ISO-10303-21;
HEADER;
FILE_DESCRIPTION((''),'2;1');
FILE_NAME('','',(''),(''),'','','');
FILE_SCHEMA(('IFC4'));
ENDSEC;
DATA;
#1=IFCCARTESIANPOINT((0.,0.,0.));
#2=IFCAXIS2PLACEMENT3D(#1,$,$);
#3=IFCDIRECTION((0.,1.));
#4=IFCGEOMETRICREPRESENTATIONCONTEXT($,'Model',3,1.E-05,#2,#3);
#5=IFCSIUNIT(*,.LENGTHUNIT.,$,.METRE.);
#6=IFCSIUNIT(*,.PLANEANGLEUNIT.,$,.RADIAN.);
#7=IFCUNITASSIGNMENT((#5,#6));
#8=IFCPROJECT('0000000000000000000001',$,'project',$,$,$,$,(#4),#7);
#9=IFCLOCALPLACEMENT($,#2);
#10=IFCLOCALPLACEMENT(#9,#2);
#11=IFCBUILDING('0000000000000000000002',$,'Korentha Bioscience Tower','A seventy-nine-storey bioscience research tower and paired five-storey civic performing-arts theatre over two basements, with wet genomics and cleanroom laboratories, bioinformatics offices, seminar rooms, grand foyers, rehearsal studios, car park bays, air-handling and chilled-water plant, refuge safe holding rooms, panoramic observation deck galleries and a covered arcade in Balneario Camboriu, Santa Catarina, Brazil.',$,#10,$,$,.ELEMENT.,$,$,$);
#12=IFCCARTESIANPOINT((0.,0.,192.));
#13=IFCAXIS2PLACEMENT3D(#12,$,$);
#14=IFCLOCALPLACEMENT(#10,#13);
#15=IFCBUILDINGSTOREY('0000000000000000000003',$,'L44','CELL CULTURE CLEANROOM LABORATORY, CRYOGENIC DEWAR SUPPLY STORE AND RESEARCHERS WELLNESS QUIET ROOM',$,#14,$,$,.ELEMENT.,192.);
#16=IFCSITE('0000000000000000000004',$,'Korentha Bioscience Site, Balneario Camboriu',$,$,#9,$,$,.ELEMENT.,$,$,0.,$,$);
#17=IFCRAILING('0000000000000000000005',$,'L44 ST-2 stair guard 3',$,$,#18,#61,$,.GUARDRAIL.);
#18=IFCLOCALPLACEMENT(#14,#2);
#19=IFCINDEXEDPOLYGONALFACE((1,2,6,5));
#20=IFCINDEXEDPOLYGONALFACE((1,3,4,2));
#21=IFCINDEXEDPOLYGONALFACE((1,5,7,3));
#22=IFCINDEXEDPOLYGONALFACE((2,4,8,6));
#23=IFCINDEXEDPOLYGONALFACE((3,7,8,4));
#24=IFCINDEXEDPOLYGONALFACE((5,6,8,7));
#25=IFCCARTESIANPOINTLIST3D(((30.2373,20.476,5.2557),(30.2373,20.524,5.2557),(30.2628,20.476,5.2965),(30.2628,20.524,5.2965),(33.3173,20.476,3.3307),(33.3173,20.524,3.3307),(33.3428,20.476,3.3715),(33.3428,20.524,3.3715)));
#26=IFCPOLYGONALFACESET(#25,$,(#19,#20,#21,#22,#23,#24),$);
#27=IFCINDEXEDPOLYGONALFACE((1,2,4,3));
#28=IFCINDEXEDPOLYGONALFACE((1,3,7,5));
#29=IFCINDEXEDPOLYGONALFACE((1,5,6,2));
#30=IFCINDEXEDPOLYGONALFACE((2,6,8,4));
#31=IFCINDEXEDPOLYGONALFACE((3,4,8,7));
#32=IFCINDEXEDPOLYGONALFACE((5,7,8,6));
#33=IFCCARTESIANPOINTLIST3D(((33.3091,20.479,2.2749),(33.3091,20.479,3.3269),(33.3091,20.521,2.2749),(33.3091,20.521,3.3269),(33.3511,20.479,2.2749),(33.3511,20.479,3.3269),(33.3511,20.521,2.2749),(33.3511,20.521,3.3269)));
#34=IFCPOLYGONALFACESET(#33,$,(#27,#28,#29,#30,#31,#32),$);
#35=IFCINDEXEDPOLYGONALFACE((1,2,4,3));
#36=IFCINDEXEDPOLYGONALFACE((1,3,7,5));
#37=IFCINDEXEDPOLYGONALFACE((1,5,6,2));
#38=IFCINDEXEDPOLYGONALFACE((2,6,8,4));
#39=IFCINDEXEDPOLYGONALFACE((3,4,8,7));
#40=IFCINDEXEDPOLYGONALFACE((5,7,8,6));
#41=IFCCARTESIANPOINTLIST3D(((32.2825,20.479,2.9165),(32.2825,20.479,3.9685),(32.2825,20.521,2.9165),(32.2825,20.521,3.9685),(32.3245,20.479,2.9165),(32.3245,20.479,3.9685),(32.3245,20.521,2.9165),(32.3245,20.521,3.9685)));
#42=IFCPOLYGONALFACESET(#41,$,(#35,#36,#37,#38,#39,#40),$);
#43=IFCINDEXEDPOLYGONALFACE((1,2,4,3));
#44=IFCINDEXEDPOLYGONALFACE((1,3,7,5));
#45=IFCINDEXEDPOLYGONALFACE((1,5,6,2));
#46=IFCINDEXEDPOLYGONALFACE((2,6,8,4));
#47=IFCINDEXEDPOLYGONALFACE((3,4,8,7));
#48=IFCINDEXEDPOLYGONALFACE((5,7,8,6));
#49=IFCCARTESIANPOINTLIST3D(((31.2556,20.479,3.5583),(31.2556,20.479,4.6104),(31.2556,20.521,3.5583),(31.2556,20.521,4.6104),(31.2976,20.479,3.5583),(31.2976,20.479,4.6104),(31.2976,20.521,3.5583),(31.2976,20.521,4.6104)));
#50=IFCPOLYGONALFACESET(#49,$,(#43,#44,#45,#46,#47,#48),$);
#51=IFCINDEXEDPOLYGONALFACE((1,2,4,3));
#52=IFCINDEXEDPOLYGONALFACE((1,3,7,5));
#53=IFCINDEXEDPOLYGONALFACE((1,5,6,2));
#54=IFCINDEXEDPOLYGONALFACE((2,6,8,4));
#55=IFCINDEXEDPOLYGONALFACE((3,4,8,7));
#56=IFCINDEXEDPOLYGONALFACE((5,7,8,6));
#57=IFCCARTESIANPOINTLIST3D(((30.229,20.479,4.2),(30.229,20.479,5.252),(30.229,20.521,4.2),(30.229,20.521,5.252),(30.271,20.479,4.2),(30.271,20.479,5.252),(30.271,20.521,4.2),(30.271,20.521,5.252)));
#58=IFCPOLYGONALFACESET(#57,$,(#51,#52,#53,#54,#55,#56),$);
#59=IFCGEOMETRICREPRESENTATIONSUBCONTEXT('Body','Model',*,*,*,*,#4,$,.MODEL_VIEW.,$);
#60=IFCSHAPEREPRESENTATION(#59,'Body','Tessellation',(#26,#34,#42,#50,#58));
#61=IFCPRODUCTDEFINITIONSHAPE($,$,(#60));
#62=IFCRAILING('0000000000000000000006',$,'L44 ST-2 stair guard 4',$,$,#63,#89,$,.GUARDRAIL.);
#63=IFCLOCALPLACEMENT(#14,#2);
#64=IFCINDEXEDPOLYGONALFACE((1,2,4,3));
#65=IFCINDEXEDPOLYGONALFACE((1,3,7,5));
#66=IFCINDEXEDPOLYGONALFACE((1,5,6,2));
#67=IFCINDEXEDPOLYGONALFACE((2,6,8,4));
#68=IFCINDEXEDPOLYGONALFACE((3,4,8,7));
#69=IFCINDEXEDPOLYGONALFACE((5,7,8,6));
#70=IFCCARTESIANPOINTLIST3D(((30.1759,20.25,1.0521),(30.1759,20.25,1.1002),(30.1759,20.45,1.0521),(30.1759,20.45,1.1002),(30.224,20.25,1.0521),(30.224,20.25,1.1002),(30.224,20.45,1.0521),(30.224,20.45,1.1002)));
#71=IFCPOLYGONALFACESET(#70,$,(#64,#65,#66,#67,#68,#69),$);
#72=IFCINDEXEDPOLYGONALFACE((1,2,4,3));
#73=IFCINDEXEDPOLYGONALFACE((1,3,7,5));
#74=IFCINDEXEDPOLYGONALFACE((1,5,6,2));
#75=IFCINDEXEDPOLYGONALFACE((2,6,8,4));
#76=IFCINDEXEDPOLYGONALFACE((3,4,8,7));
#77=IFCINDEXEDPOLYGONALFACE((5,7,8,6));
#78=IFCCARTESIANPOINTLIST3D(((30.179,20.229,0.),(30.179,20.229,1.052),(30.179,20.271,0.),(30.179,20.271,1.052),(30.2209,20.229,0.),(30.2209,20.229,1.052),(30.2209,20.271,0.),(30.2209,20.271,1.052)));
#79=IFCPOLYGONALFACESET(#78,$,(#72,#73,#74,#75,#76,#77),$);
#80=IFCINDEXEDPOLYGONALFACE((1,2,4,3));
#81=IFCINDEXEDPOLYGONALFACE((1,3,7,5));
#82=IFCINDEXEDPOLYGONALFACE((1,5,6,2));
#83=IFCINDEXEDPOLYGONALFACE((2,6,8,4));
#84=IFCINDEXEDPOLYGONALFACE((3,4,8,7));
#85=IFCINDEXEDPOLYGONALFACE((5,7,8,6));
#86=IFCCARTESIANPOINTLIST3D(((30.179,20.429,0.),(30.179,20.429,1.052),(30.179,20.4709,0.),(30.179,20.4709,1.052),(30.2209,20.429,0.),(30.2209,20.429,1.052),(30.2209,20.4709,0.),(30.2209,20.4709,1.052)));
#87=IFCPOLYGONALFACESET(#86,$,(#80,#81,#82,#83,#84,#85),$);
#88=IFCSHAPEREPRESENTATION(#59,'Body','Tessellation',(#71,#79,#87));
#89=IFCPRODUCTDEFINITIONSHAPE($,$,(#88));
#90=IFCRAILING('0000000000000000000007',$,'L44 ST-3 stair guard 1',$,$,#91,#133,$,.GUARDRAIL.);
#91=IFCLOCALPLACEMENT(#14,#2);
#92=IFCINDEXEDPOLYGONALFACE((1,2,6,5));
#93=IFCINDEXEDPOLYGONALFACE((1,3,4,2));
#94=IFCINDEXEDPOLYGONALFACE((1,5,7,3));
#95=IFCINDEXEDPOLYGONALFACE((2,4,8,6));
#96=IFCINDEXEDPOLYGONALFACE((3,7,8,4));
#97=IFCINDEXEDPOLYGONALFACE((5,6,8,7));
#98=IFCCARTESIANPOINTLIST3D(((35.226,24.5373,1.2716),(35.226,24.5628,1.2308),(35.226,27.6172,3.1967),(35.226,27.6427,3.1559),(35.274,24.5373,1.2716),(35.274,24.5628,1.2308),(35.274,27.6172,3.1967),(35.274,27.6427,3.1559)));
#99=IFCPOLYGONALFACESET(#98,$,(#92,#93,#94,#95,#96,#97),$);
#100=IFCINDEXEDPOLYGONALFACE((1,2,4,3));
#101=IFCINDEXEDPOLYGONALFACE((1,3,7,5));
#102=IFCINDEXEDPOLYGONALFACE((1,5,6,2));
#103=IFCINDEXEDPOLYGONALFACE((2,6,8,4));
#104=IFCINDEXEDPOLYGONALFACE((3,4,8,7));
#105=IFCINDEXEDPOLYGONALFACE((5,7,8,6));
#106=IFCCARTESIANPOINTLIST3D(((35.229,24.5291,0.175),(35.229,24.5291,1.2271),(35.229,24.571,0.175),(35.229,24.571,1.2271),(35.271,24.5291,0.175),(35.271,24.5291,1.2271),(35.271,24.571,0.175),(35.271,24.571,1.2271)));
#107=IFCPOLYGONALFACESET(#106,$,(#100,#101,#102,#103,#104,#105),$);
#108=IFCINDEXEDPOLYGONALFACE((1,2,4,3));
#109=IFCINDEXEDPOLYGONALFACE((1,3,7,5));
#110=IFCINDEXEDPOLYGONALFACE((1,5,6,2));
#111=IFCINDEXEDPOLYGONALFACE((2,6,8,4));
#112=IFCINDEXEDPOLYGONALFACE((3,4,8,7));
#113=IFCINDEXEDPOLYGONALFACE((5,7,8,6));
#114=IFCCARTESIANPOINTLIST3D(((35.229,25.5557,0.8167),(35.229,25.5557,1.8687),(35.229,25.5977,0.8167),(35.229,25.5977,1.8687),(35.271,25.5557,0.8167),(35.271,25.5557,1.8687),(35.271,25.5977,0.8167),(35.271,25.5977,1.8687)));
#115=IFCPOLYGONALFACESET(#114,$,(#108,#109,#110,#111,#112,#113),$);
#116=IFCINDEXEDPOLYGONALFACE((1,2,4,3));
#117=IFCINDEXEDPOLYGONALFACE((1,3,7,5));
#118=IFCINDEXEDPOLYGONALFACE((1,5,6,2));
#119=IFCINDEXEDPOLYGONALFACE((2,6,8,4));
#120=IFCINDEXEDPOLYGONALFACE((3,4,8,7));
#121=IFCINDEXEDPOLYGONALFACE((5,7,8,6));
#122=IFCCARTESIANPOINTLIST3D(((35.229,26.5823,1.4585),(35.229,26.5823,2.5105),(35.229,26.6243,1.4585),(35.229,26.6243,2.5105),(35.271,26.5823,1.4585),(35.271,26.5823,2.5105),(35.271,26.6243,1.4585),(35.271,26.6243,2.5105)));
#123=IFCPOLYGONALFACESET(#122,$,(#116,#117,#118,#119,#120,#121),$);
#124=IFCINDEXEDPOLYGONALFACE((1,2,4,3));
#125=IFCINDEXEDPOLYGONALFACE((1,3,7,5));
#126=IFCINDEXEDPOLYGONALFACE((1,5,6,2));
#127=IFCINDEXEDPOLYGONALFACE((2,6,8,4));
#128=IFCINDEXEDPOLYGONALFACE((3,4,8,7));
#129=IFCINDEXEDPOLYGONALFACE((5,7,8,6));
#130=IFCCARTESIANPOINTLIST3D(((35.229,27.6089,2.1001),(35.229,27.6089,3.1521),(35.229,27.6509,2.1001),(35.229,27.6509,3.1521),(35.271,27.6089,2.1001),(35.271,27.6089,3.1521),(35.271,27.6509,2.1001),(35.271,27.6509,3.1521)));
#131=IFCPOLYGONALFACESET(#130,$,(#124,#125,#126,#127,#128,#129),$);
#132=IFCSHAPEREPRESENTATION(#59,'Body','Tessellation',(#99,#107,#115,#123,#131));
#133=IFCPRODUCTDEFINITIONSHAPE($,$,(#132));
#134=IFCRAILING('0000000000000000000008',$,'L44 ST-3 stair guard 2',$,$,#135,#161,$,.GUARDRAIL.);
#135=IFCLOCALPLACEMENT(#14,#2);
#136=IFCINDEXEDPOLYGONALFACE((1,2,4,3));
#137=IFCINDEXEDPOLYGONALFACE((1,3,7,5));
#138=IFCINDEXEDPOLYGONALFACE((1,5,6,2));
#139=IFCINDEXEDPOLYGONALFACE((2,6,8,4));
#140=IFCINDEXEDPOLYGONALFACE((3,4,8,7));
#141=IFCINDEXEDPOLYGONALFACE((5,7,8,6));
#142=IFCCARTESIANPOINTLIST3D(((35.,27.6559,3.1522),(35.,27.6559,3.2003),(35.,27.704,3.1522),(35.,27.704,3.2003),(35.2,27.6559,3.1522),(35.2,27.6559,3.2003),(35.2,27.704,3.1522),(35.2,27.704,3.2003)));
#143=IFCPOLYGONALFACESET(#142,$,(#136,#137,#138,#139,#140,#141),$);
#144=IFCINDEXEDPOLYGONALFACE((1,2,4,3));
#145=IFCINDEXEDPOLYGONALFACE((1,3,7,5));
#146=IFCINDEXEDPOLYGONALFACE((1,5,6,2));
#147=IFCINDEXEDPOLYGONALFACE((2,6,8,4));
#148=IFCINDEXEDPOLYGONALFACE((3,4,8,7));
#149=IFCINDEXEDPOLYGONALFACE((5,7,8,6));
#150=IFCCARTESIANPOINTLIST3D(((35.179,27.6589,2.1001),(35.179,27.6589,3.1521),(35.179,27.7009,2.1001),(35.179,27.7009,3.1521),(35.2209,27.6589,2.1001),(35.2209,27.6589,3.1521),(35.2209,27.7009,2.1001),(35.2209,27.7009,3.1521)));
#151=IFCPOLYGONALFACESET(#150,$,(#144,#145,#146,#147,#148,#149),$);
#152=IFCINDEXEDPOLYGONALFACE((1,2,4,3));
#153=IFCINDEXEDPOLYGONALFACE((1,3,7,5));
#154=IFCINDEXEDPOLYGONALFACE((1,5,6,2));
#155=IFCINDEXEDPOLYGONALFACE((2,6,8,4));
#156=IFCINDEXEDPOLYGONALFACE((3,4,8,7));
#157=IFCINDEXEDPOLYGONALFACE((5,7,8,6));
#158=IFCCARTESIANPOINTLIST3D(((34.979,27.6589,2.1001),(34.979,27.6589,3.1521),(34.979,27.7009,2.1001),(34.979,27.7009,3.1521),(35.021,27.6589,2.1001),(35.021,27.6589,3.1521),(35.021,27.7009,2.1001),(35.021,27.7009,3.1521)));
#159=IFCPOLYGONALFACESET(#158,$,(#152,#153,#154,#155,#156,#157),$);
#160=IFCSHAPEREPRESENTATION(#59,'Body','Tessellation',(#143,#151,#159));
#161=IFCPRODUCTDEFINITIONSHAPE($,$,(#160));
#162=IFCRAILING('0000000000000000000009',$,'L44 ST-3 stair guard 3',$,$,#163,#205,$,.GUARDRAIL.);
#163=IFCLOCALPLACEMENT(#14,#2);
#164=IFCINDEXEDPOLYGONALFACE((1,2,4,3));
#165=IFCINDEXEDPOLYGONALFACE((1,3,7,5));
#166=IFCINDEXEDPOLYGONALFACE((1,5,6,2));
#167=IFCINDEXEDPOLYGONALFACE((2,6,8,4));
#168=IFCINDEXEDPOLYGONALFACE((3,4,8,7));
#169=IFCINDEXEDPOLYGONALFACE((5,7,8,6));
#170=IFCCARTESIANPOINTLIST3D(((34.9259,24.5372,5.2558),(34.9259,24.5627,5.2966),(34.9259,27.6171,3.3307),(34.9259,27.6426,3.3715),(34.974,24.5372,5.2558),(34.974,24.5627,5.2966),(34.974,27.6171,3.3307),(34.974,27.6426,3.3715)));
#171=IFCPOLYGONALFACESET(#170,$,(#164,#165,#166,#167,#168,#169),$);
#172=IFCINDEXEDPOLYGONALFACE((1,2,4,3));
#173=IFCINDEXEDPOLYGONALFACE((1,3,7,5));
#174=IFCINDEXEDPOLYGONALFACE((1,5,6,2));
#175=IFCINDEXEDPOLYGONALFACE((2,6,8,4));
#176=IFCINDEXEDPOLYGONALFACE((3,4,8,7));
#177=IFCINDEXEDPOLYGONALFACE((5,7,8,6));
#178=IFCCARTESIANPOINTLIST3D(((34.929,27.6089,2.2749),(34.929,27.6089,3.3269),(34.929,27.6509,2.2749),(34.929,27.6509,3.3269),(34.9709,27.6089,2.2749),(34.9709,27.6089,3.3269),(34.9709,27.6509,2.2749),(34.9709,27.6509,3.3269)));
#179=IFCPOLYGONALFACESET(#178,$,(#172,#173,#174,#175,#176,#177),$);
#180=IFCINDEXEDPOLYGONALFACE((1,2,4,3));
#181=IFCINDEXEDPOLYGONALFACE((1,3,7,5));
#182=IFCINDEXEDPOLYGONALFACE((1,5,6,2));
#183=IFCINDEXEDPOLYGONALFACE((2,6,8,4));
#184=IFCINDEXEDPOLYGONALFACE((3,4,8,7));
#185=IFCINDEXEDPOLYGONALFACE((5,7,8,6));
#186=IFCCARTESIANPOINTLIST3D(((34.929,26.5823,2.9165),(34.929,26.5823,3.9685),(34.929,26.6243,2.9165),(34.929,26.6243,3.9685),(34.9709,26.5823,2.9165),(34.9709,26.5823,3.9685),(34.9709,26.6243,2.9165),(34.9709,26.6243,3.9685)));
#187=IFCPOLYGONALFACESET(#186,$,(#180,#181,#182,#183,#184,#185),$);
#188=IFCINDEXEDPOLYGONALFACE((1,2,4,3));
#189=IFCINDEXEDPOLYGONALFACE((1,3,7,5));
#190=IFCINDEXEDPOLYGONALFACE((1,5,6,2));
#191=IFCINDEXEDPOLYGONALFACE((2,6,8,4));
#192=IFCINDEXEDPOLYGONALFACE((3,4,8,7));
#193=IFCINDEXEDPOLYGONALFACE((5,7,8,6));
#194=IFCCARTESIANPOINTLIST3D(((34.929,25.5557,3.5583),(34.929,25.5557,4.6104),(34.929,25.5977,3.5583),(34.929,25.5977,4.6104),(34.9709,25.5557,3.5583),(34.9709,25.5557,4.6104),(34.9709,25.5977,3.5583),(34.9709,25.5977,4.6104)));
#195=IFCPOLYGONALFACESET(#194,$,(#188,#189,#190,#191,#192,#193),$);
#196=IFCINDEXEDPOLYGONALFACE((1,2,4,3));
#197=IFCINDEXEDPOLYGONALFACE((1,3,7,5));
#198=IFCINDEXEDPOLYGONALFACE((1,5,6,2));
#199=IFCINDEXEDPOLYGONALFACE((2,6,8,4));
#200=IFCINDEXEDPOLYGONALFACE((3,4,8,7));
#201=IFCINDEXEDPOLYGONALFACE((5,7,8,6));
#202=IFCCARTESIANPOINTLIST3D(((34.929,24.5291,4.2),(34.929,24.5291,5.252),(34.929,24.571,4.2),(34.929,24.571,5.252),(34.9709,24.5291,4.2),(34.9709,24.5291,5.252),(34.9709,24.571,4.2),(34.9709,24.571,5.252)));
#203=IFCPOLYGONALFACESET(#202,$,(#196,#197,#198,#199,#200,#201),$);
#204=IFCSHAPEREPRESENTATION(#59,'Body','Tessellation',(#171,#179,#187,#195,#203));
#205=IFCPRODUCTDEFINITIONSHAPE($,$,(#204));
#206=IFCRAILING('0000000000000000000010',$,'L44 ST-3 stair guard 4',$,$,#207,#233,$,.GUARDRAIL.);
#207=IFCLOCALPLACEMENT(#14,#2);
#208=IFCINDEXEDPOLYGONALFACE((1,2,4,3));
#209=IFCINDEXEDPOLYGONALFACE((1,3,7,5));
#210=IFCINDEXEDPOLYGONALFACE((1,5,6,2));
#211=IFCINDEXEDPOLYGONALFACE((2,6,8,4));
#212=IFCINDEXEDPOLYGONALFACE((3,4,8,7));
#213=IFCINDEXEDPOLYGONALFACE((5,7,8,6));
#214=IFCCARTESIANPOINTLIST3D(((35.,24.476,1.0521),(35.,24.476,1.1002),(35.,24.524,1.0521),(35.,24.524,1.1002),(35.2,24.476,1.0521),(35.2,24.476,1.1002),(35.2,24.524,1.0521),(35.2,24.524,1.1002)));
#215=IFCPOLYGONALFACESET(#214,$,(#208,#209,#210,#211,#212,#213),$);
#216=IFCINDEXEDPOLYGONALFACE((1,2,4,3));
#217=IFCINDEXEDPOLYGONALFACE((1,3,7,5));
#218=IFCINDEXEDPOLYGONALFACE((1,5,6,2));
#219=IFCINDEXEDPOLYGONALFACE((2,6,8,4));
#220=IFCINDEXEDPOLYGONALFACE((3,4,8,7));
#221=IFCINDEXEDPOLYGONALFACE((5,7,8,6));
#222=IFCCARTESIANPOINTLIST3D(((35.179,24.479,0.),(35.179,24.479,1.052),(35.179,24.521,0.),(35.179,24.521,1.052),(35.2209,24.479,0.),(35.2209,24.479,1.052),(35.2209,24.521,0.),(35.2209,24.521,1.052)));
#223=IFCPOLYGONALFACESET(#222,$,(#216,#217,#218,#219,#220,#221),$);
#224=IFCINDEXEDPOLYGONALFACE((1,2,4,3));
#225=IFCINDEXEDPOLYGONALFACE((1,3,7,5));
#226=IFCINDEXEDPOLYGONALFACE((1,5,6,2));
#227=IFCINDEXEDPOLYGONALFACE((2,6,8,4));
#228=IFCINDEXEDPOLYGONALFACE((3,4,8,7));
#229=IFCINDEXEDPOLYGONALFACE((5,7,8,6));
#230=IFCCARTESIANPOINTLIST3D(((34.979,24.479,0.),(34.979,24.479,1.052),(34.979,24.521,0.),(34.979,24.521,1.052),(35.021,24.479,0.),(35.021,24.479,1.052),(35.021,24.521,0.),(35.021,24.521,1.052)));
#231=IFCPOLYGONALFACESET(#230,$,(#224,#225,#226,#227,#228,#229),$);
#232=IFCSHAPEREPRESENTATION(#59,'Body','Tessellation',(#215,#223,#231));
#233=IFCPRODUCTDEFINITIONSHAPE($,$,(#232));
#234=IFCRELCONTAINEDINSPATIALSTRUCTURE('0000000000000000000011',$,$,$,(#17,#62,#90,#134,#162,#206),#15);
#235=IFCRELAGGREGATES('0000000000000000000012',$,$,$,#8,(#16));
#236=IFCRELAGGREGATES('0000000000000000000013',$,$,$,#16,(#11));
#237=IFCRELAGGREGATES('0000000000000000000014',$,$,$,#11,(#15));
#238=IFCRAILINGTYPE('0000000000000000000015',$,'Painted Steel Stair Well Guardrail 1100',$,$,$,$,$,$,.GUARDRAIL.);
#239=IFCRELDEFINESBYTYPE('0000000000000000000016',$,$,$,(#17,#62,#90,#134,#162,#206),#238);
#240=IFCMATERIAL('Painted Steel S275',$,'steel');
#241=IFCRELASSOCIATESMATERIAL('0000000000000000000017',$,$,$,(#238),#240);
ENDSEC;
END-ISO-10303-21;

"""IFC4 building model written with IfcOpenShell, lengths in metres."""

from ifc_helpers import new_model, si_unit, direction, frame, origin, origin_2d, place, context, subcontext, project, spatial, rectangle, extrude, material, type_object, element, save


model = new_model("IFC4")

# Units and contexts
model_context = context("Model", 3, precision=1e-05, world=origin(), true_north=direction((0.0, 1.0)))
body_context = subcontext(model_context, "Body", "Model", "MODEL_VIEW")
ifc_project = project(units=[si_unit("LENGTHUNIT", "METRE"), si_unit("PLANEANGLEUNIT", "RADIAN")], contexts=[model_context])

# Site, building, storey
site_placement = place(None, origin())
site = spatial("IfcSite", under=ifc_project, at=site_placement, Name="Korentha Bioscience Site, Balneario Camboriu", CompositionType="ELEMENT", RefElevation=0.0)
building_placement = place(site_placement, origin())
building = spatial("IfcBuilding", under=site, at=building_placement, Name="Korentha Bioscience Tower", Description="A seventy-nine-storey bioscience research tower and paired five-storey civic performing-arts theatre over two basements, with wet genomics and cleanroom laboratories, bioinformatics offices, seminar rooms, grand foyers, rehearsal studios, car park bays, air-handling and chilled-water plant, refuge safe holding rooms, panoramic observation deck galleries and a covered arcade in Balneario Camboriu, Santa Catarina, Brazil.", CompositionType="ELEMENT")
storey_placement = place(building_placement, frame((0.0, 0.0, 192.0)))
storey = spatial("IfcBuildingStorey", under=building, at=storey_placement, Name="L44", Description="CELL CULTURE CLEANROOM LABORATORY, CRYOGENIC DEWAR SUPPLY STORE AND RESEARCHERS WELLNESS QUIET ROOM", CompositionType="ELEMENT", Elevation=192.0)

# Railings
ifc_material_1 = material(Name="Painted Steel S275", Category="steel")
railing_type_1 = type_object("IfcRailingType", Name="Painted Steel Stair Well Guardrail 1100", PredefinedType="GUARDRAIL", material=ifc_material_1)
railing_1_placement = place(storey_placement, frame((33.3301, 20.5, 2.2749)))
element("IfcRailing", 1, at=railing_1_placement, inside=storey, type_object=railing_type_1, Name="L44 ST-2 stair guard 3", PredefinedType="GUARDRAIL", context=body_context, shape_type="SweptSolid", body=[
    extrude(rectangle(XDim=0.0481, YDim=0.0481, at=origin_2d()), frame((0.0, 0.0, 1.0762), z_axis=(-0.847998, 0.0, 0.529999), x_axis=(0.0, -1.0, 0.0)), (0.0, 0.0, 1.0), 3.6321),
    extrude(rectangle(XDim=0.042, YDim=0.042, at=origin_2d()), origin(), (0.0, 0.0, 1.0), 1.052),
    extrude(rectangle(XDim=0.042, YDim=0.042, at=origin_2d()), frame((-1.0266, 0.0, 0.6416)), (0.0, 0.0, 1.0), 1.052),
    extrude(rectangle(XDim=0.042, YDim=0.042, at=origin_2d()), frame((-2.0535, 0.0, 1.2834)), (0.0, 0.0, 1.0), 1.052),
    extrude(rectangle(XDim=0.042, YDim=0.042, at=origin_2d()), frame((-3.0801, 0.0, 1.925)), (0.0, 0.0, 1.0), 1.052),
])
railing_2_placement = place(storey_placement, frame((30.2, 20.25, 0.0)))
element("IfcRailing", 2, at=railing_2_placement, inside=storey, type_object=railing_type_1, Name="L44 ST-2 stair guard 4", PredefinedType="GUARDRAIL", context=body_context, shape_type="SweptSolid", body=[
    extrude(rectangle(XDim=0.0481, YDim=0.0481, at=origin_2d()), frame((0.0, 0.0, 1.0762), z_axis=(0.0, 1.0, 0.0), x_axis=(-1.0, 0.0, 0.0)), (0.0, 0.0, 1.0), 0.2),
    extrude(rectangle(XDim=0.042, YDim=0.042, at=origin_2d()), origin(), (0.0, 0.0, 1.0), 1.052),
    extrude(rectangle(XDim=0.042, YDim=0.042, at=origin_2d()), frame((0.0, 0.2, 0.0)), (0.0, 0.0, 1.0), 1.052),
])
railing_3_placement = place(storey_placement, frame((35.25, 24.55, 0.175)))
element("IfcRailing", 3, at=railing_3_placement, inside=storey, type_object=railing_type_1, Name="L44 ST-3 stair guard 1", PredefinedType="GUARDRAIL", context=body_context, shape_type="SweptSolid", body=[
    extrude(rectangle(XDim=0.0481, YDim=0.0481, at=origin_2d()), frame((0.0, 0.0, 1.0762), z_axis=(0.0, 0.847979, 0.530029), x_axis=(-1.0, 0.0, 0.0)), (0.0, 0.0, 1.0), 3.6321),
    extrude(rectangle(XDim=0.042, YDim=0.042, at=origin_2d()), origin(), (0.0, 0.0, 1.0), 1.052),
    extrude(rectangle(XDim=0.042, YDim=0.042, at=origin_2d()), frame((0.0, 1.0266, 0.6416)), (0.0, 0.0, 1.0), 1.052),
    extrude(rectangle(XDim=0.042, YDim=0.042, at=origin_2d()), frame((0.0, 2.0532, 1.2834)), (0.0, 0.0, 1.0), 1.052),
    extrude(rectangle(XDim=0.042, YDim=0.042, at=origin_2d()), frame((0.0, 3.0798, 1.925)), (0.0, 0.0, 1.0), 1.052),
])
railing_4_placement = place(storey_placement, frame((35.2, 27.6799, 2.1001)))
element("IfcRailing", 4, at=railing_4_placement, inside=storey, type_object=railing_type_1, Name="L44 ST-3 stair guard 2", PredefinedType="GUARDRAIL", context=body_context, shape_type="SweptSolid", body=[
    extrude(rectangle(XDim=0.0481, YDim=0.0481, at=origin_2d()), frame((0.0, 0.0, 1.0762), z_axis=(-1.0, 0.0, 0.0), x_axis=(0.0, -1.0, 0.0)), (0.0, 0.0, 1.0), 0.2),
    extrude(rectangle(XDim=0.042, YDim=0.042, at=origin_2d()), origin(), (0.0, 0.0, 1.0), 1.052),
    extrude(rectangle(XDim=0.042, YDim=0.042, at=origin_2d()), frame((-0.2, 0.0, 0.0)), (0.0, 0.0, 1.0), 1.052),
])
railing_5_placement = place(storey_placement, frame((34.95, 27.6299, 2.2749)))
element("IfcRailing", 5, at=railing_5_placement, inside=storey, type_object=railing_type_1, Name="L44 ST-3 stair guard 3", PredefinedType="GUARDRAIL", context=body_context, shape_type="SweptSolid", body=[
    extrude(rectangle(XDim=0.0481, YDim=0.0481, at=origin_2d()), frame((0.0, 0.0, 1.0762), z_axis=(0.0, -0.847979, 0.530029), x_axis=(1.0, 0.0, 0.0)), (0.0, 0.0, 1.0), 3.6321),
    extrude(rectangle(XDim=0.042, YDim=0.042, at=origin_2d()), origin(), (0.0, 0.0, 1.0), 1.052),
    extrude(rectangle(XDim=0.042, YDim=0.042, at=origin_2d()), frame((0.0, -1.0266, 0.6416)), (0.0, 0.0, 1.0), 1.052),
    extrude(rectangle(XDim=0.042, YDim=0.042, at=origin_2d()), frame((0.0, -2.0532, 1.2834)), (0.0, 0.0, 1.0), 1.052),
    extrude(rectangle(XDim=0.042, YDim=0.042, at=origin_2d()), frame((0.0, -3.0798, 1.925)), (0.0, 0.0, 1.0), 1.052),
])
railing_6_placement = place(storey_placement, frame((35.2, 24.5, 0.0)))
element("IfcRailing", 6, at=railing_6_placement, inside=storey, type_object=railing_type_1, Name="L44 ST-3 stair guard 4", PredefinedType="GUARDRAIL", context=body_context, shape_type="SweptSolid", body=[
    extrude(rectangle(XDim=0.0481, YDim=0.0481, at=origin_2d()), frame((0.0, 0.0, 1.0762), z_axis=(-1.0, 0.0, 0.0), x_axis=(0.0, -1.0, 0.0)), (0.0, 0.0, 1.0), 0.2),
    extrude(rectangle(XDim=0.042, YDim=0.042, at=origin_2d()), origin(), (0.0, 0.0, 1.0), 1.052),
    extrude(rectangle(XDim=0.042, YDim=0.042, at=origin_2d()), frame((-0.2, 0.0, 0.0)), (0.0, 0.0, 1.0), 1.052),
])

save(model, "model.ifc")
